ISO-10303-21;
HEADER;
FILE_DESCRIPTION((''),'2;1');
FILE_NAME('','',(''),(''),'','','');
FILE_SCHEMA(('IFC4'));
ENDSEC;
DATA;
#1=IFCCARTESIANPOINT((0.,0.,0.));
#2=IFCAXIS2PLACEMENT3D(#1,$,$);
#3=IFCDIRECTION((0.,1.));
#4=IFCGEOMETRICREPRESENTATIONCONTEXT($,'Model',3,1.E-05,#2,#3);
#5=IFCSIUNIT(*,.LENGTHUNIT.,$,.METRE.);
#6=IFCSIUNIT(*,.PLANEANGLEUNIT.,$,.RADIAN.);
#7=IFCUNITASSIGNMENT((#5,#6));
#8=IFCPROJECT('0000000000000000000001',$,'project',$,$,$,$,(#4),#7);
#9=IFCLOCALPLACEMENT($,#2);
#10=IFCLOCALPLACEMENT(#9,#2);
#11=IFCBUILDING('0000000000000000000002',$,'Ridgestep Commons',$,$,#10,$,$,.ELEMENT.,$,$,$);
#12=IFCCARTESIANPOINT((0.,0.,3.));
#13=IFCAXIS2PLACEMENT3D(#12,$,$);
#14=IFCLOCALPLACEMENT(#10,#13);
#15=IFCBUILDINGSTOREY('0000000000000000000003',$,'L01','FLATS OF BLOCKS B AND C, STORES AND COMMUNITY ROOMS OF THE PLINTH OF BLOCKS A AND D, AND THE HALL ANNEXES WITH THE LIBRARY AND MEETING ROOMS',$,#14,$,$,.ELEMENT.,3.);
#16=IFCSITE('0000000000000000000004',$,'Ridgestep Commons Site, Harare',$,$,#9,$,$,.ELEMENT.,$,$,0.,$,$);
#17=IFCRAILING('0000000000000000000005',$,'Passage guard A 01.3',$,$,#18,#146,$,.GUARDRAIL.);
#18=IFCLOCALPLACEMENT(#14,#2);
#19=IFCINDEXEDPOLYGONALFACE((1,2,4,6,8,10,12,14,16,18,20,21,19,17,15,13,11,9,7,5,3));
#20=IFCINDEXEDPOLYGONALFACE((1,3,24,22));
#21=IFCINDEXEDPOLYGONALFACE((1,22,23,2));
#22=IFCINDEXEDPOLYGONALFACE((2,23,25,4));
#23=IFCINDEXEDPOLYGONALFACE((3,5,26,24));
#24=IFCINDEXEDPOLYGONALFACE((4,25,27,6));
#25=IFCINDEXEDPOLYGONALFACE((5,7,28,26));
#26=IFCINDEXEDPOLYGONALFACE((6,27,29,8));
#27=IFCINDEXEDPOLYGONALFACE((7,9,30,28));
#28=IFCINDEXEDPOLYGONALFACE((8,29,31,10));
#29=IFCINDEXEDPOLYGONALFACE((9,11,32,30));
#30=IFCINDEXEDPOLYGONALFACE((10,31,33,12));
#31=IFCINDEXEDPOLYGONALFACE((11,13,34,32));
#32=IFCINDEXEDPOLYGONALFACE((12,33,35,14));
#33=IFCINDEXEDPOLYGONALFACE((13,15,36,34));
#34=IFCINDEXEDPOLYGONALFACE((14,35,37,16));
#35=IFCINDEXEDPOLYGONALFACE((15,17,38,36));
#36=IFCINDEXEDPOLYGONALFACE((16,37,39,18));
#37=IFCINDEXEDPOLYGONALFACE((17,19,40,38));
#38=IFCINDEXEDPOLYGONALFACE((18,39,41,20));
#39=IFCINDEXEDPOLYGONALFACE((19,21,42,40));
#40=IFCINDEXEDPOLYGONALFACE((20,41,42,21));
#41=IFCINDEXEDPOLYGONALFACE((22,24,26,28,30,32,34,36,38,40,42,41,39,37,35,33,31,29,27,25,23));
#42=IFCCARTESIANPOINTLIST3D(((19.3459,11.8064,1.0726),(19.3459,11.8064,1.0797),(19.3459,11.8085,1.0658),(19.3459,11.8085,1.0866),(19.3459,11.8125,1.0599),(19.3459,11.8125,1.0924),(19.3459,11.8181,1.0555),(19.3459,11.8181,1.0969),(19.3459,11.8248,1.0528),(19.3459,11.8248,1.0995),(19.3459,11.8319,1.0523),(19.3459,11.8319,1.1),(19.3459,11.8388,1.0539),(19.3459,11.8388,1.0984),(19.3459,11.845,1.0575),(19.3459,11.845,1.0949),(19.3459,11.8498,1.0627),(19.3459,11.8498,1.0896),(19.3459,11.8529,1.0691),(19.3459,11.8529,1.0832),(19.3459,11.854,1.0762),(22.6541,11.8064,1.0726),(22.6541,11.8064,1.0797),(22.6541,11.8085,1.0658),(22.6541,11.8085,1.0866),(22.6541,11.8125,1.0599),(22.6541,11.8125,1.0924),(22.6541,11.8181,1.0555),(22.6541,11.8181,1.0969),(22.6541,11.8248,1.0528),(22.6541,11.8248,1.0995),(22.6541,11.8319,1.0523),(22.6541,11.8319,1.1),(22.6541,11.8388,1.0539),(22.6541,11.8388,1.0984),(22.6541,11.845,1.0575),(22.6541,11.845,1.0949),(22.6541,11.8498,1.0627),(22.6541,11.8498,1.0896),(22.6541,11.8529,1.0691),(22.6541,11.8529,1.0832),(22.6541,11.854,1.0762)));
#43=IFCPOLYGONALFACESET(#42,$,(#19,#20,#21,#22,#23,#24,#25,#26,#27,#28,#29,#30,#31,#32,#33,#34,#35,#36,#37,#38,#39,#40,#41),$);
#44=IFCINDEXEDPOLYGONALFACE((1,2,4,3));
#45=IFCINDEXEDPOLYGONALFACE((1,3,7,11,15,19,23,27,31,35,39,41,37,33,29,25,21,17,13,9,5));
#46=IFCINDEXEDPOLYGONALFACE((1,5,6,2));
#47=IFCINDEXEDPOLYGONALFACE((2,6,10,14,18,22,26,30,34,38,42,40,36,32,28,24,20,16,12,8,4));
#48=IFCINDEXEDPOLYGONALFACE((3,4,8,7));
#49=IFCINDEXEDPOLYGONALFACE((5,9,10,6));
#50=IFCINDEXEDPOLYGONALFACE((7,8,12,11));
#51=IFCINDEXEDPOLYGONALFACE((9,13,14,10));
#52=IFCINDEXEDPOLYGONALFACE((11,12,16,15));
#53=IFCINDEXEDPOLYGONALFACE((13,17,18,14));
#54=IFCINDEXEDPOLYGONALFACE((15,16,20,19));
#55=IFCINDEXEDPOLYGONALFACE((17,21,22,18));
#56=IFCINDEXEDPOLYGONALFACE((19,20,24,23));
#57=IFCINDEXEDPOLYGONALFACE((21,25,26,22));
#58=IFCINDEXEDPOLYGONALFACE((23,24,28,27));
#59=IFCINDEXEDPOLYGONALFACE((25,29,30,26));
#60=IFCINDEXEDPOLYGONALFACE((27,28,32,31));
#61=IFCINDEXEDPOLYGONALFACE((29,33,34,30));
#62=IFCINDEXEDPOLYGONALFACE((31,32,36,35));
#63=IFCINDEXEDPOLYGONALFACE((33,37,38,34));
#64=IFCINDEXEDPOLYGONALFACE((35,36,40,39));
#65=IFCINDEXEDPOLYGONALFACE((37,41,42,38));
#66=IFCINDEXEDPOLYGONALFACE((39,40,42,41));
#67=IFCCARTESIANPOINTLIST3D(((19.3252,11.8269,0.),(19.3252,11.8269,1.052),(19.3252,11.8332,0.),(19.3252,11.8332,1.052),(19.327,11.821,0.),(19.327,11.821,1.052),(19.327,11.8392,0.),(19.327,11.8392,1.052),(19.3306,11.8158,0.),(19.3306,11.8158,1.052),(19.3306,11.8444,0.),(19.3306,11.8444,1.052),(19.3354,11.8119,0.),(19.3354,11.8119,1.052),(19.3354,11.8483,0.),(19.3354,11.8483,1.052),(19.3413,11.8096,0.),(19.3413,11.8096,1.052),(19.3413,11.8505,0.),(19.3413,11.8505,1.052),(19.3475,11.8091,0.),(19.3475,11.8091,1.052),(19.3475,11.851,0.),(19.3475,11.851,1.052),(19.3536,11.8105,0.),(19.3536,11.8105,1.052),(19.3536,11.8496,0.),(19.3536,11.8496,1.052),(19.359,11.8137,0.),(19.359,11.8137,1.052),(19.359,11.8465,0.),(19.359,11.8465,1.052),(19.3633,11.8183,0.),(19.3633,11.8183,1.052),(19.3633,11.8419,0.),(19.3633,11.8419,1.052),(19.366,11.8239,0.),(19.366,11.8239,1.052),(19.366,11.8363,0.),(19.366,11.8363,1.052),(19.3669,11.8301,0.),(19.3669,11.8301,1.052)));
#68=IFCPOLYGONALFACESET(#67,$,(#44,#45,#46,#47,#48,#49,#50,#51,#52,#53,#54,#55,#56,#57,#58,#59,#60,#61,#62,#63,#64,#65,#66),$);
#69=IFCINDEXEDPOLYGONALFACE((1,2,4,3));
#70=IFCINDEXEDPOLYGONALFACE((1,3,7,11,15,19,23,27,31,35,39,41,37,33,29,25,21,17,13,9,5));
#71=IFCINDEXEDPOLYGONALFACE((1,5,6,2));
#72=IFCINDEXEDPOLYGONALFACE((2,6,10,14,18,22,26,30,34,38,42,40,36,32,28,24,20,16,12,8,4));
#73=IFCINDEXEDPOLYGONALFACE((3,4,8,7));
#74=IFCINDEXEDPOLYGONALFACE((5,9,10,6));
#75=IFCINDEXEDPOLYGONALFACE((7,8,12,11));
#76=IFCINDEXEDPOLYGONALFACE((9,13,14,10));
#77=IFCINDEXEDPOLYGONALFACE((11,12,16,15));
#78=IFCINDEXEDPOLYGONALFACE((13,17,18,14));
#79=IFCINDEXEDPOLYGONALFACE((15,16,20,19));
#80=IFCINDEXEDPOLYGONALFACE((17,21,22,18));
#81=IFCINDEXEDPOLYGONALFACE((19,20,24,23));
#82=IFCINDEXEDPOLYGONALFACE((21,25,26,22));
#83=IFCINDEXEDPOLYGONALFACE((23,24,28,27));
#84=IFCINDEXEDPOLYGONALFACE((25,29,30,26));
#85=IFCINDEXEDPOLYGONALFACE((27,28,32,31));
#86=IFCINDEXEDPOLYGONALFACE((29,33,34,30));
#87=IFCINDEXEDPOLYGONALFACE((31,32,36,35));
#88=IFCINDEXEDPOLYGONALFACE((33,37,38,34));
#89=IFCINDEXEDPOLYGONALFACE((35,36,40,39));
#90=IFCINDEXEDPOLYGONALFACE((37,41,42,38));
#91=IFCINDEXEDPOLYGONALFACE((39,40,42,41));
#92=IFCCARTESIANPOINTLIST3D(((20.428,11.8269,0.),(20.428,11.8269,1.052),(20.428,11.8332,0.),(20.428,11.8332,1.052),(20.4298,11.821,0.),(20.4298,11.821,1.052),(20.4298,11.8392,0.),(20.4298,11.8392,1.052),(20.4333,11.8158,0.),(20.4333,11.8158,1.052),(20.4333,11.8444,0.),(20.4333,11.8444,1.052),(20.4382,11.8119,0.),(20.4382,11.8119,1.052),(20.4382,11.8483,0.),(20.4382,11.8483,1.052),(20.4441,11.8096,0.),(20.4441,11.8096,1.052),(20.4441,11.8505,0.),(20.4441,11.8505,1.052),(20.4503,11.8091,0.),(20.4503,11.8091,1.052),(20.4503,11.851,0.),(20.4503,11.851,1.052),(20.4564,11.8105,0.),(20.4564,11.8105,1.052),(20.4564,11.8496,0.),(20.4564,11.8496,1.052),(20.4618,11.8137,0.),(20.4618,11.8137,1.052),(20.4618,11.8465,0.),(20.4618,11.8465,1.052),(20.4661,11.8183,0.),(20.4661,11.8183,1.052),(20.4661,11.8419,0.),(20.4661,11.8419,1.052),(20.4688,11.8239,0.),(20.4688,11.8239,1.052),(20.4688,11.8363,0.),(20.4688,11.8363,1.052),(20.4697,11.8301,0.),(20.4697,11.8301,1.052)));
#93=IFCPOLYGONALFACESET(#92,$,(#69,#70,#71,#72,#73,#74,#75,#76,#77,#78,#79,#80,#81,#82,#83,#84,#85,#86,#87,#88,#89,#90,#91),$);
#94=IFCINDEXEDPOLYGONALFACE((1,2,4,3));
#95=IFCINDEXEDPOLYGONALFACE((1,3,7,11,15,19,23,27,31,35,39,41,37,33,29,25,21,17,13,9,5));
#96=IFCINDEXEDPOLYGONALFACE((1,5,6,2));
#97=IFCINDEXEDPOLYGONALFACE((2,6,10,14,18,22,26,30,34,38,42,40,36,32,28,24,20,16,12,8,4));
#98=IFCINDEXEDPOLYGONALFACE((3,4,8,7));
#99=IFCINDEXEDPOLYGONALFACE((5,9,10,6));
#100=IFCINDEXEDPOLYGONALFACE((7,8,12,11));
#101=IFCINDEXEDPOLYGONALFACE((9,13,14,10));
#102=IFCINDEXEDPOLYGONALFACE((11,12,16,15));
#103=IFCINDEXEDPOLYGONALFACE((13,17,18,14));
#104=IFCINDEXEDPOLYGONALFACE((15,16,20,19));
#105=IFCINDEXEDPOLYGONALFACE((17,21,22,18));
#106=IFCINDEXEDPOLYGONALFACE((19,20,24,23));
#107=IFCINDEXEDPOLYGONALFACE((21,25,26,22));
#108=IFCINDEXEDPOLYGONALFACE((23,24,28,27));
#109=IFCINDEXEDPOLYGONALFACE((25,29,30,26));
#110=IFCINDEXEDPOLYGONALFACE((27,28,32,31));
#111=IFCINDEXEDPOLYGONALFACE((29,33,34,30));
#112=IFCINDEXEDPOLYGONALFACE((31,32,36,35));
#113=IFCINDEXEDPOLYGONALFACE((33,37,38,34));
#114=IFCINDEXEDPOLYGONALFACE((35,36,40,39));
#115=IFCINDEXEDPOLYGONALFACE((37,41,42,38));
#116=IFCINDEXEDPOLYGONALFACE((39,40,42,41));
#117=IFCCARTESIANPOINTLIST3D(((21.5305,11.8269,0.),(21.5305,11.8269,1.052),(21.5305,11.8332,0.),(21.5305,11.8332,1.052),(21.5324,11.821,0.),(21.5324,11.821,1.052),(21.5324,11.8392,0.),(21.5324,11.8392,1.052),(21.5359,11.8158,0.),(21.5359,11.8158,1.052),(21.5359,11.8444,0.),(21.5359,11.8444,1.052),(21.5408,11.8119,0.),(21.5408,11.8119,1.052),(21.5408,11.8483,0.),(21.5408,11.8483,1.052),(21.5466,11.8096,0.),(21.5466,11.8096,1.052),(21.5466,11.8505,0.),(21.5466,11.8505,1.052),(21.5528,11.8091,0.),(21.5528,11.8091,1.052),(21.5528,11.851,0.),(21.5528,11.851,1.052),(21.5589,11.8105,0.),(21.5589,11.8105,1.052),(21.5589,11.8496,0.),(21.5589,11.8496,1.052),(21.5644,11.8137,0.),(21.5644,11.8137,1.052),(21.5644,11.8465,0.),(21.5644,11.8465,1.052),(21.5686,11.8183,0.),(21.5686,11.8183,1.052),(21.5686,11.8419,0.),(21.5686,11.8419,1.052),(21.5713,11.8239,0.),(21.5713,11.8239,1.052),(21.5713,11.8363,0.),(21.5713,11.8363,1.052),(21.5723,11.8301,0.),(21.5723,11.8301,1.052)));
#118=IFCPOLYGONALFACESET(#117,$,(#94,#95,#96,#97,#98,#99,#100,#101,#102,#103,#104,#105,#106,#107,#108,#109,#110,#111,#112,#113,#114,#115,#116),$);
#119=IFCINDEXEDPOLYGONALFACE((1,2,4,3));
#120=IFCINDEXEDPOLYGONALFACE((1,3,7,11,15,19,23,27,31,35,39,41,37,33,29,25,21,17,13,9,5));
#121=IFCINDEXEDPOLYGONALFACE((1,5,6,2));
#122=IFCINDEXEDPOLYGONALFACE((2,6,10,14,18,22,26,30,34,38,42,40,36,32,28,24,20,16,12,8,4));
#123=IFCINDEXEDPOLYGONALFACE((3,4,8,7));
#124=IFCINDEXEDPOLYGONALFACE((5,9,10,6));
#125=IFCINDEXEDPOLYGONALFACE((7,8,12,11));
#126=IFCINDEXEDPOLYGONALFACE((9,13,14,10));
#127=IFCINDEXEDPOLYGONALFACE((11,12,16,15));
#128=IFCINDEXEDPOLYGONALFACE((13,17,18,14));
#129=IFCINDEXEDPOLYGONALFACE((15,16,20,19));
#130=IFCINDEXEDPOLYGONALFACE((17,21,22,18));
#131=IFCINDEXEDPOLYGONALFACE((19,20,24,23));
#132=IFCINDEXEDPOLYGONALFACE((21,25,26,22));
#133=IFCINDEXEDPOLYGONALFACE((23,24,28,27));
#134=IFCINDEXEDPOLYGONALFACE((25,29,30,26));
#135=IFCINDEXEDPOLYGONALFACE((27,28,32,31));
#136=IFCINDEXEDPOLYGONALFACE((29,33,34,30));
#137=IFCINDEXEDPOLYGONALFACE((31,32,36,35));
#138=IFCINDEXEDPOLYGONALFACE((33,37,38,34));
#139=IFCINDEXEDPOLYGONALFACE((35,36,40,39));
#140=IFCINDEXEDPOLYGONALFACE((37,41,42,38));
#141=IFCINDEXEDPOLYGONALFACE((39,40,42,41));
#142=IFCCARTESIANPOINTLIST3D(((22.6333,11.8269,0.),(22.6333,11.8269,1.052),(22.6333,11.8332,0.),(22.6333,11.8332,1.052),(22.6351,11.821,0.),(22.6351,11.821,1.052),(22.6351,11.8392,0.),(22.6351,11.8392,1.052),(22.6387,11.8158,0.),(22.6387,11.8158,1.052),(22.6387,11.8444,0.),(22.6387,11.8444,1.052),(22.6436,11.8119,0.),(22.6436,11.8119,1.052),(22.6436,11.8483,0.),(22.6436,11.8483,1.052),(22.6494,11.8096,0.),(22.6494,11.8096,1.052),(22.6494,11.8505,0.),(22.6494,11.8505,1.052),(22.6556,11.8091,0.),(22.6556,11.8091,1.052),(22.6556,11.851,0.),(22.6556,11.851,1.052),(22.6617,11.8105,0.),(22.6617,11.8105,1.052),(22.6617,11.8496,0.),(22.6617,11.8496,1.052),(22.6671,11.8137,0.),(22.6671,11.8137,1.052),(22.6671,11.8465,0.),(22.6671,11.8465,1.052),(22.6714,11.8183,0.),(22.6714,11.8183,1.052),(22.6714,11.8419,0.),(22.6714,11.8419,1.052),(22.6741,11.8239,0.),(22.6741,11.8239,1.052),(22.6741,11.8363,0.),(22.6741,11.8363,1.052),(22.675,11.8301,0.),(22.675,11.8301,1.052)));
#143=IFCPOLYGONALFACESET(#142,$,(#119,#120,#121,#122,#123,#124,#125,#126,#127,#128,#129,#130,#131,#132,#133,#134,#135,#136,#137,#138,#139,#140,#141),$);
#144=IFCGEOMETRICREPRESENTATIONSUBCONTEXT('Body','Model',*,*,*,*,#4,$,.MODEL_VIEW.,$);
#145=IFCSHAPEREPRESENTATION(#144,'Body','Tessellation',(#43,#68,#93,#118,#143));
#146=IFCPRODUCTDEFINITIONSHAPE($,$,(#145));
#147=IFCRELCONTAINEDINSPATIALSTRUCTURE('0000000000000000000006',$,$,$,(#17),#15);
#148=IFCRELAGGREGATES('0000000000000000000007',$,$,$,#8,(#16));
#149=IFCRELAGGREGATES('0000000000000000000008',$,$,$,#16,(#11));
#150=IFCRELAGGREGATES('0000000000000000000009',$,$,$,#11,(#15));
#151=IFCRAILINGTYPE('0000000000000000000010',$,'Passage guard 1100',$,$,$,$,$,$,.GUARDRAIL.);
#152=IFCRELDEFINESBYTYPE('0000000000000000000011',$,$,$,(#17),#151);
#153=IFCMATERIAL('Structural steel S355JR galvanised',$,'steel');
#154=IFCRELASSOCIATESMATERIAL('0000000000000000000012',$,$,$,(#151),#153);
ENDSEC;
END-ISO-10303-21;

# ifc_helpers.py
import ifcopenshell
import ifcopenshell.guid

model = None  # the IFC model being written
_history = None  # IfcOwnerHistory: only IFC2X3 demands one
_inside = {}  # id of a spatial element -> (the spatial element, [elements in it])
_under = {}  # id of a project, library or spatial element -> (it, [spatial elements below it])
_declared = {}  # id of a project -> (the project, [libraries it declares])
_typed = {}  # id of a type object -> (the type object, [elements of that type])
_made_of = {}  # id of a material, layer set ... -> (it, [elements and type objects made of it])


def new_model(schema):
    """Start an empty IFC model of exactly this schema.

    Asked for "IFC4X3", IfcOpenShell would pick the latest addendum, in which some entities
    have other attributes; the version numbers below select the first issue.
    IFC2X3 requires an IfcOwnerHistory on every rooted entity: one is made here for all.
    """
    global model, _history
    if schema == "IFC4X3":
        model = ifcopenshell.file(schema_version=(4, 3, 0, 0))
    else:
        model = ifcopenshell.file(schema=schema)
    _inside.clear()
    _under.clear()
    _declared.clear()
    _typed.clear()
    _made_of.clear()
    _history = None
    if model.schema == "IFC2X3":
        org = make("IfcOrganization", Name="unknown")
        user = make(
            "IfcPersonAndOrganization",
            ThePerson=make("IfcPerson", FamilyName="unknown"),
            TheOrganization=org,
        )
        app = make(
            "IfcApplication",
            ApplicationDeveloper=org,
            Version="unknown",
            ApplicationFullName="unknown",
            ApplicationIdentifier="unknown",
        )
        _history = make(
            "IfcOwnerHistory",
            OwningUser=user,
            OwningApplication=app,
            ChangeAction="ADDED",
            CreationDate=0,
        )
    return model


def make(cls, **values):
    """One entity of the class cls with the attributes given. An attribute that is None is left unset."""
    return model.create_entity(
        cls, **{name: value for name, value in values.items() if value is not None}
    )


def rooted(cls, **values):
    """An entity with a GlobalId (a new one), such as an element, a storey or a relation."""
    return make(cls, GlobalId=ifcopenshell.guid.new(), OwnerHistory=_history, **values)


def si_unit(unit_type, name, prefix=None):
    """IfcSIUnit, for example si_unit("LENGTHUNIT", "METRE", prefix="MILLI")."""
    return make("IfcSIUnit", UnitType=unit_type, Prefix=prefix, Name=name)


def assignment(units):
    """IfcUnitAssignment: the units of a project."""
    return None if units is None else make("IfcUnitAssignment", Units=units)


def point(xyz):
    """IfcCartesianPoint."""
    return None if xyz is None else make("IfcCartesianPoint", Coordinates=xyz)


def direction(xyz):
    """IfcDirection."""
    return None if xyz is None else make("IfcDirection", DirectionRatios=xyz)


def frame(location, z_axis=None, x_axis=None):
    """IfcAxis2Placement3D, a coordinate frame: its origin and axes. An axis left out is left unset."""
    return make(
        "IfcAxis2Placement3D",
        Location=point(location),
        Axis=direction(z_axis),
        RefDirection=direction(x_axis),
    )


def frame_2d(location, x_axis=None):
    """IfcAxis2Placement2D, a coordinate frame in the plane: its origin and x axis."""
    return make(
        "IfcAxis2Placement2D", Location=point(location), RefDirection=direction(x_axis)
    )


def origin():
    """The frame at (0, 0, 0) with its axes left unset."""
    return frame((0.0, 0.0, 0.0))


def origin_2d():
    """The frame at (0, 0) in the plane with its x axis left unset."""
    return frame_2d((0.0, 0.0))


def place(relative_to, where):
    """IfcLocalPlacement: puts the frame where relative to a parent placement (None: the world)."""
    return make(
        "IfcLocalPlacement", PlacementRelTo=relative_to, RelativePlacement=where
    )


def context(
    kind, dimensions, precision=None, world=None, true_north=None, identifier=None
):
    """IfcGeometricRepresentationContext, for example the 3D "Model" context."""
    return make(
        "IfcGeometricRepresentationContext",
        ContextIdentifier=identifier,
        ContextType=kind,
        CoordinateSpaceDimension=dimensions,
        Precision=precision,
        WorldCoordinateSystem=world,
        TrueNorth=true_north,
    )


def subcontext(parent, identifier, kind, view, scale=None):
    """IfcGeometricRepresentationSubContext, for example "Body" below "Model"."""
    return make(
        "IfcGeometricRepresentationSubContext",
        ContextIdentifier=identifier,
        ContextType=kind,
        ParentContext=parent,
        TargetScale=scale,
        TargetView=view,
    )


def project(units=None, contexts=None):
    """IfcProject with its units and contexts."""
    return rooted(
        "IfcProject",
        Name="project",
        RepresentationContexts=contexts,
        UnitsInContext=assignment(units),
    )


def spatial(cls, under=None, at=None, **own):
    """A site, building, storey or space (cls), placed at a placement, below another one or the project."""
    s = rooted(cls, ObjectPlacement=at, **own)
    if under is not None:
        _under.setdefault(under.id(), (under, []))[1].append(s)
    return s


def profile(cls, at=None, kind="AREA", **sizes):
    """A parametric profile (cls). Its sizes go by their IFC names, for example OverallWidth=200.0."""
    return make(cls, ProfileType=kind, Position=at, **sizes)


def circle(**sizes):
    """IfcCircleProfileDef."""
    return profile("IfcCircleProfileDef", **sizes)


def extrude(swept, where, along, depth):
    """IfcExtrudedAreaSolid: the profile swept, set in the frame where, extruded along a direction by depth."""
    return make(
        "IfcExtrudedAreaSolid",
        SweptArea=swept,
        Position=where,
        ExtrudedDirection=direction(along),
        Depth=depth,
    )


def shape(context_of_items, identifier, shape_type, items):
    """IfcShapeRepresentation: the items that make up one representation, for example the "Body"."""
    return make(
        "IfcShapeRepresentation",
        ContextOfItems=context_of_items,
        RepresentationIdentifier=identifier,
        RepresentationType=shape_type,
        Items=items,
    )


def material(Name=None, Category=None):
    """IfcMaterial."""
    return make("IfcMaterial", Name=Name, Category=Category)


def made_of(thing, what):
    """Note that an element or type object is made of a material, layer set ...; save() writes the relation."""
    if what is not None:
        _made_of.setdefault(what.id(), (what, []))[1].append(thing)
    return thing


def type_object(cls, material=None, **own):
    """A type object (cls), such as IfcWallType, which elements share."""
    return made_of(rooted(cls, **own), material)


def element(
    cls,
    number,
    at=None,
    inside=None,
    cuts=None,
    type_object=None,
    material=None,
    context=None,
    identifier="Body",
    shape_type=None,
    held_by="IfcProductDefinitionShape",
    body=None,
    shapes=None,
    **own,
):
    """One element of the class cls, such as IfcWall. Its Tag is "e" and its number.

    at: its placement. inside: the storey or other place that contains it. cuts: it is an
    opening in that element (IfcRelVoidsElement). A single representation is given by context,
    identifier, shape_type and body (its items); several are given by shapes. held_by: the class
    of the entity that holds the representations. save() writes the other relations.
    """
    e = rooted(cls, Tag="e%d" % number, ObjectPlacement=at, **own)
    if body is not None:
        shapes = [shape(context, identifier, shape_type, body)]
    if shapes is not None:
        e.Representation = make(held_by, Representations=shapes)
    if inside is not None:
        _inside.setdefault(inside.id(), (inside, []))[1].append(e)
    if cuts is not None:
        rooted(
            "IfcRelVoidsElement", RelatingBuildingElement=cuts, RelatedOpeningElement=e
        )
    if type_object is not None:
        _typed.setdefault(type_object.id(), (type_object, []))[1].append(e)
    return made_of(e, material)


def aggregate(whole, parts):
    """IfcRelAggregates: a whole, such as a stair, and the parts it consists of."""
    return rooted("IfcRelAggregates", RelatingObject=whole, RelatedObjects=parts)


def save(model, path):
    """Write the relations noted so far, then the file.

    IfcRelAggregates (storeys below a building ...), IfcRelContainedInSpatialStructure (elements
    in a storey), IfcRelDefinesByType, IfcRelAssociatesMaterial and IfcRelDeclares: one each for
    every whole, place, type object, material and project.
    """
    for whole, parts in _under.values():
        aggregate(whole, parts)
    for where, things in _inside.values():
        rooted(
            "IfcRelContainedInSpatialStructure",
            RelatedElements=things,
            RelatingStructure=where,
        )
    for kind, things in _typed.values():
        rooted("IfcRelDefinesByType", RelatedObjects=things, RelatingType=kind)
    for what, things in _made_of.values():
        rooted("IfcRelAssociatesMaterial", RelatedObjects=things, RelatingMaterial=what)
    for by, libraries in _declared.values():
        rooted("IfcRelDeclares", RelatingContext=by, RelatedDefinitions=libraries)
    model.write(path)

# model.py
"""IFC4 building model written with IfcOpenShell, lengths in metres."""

from ifc_helpers import new_model, si_unit, direction, frame, origin, origin_2d, place, context, subcontext, project, spatial, circle, extrude, material, type_object, element, save


model = new_model("IFC4")

# Units and contexts
model_context = context("Model", 3, precision=1e-05, world=origin(), true_north=direction((0.0, 1.0)))
body_context = subcontext(model_context, "Body", "Model", "MODEL_VIEW")
ifc_project = project(units=[si_unit("LENGTHUNIT", "METRE"), si_unit("PLANEANGLEUNIT", "RADIAN")], contexts=[model_context])

# Site, building, storey
site_placement = place(None, origin())
site = spatial("IfcSite", under=ifc_project, at=site_placement, Name="Ridgestep Commons Site, Harare", CompositionType="ELEMENT", RefElevation=0.0)
building_placement = place(site_placement, origin())
building = spatial("IfcBuilding", under=site, at=building_placement, Name="Ridgestep Commons", CompositionType="ELEMENT")
storey_placement = place(building_placement, frame((0.0, 0.0, 3.0)))
storey = spatial("IfcBuildingStorey", under=building, at=storey_placement, Name="L01", Description="FLATS OF BLOCKS B AND C, STORES AND COMMUNITY ROOMS OF THE PLINTH OF BLOCKS A AND D, AND THE HALL ANNEXES WITH THE LIBRARY AND MEETING ROOMS", CompositionType="ELEMENT", Elevation=3.0)

# Railing
ifc_material_1 = material(Name="Structural steel S355JR galvanised", Category="steel")
railing_type = type_object("IfcRailingType", Name="Passage guard 1100", PredefinedType="GUARDRAIL", material=ifc_material_1)
railing_1_placement = place(storey_placement, frame((19.3459, 11.8301, 0.0)))
element("IfcRailing", 1, at=railing_1_placement, inside=storey, type_object=railing_type, Name="Passage guard A 01.3", PredefinedType="GUARDRAIL", context=body_context, shape_type="SweptSolid", body=[
    extrude(circle(Radius=0.0239, at=origin_2d()), frame((0.0, 0.0, 1.0762), z_axis=(1.0, 0.0, 0.0), x_axis=(0.0, 1.0, 0.0)), (0.0, 0.0, 1.0), 3.3081),
    extrude(circle(Radius=0.021, at=origin_2d()), origin(), (0.0, 0.0, 1.0), 1.052),
    extrude(circle(Radius=0.021, at=origin_2d()), frame((1.1028, 0.0, 0.0)), (0.0, 0.0, 1.0), 1.052),
    extrude(circle(Radius=0.021, at=origin_2d()), frame((2.2053, 0.0, 0.0)), (0.0, 0.0, 1.0), 1.052),
    extrude(circle(Radius=0.021, at=origin_2d()), frame((3.3081, 0.0, 0.0)), (0.0, 0.0, 1.0), 1.052),
])

save(model, "model.ifc")
